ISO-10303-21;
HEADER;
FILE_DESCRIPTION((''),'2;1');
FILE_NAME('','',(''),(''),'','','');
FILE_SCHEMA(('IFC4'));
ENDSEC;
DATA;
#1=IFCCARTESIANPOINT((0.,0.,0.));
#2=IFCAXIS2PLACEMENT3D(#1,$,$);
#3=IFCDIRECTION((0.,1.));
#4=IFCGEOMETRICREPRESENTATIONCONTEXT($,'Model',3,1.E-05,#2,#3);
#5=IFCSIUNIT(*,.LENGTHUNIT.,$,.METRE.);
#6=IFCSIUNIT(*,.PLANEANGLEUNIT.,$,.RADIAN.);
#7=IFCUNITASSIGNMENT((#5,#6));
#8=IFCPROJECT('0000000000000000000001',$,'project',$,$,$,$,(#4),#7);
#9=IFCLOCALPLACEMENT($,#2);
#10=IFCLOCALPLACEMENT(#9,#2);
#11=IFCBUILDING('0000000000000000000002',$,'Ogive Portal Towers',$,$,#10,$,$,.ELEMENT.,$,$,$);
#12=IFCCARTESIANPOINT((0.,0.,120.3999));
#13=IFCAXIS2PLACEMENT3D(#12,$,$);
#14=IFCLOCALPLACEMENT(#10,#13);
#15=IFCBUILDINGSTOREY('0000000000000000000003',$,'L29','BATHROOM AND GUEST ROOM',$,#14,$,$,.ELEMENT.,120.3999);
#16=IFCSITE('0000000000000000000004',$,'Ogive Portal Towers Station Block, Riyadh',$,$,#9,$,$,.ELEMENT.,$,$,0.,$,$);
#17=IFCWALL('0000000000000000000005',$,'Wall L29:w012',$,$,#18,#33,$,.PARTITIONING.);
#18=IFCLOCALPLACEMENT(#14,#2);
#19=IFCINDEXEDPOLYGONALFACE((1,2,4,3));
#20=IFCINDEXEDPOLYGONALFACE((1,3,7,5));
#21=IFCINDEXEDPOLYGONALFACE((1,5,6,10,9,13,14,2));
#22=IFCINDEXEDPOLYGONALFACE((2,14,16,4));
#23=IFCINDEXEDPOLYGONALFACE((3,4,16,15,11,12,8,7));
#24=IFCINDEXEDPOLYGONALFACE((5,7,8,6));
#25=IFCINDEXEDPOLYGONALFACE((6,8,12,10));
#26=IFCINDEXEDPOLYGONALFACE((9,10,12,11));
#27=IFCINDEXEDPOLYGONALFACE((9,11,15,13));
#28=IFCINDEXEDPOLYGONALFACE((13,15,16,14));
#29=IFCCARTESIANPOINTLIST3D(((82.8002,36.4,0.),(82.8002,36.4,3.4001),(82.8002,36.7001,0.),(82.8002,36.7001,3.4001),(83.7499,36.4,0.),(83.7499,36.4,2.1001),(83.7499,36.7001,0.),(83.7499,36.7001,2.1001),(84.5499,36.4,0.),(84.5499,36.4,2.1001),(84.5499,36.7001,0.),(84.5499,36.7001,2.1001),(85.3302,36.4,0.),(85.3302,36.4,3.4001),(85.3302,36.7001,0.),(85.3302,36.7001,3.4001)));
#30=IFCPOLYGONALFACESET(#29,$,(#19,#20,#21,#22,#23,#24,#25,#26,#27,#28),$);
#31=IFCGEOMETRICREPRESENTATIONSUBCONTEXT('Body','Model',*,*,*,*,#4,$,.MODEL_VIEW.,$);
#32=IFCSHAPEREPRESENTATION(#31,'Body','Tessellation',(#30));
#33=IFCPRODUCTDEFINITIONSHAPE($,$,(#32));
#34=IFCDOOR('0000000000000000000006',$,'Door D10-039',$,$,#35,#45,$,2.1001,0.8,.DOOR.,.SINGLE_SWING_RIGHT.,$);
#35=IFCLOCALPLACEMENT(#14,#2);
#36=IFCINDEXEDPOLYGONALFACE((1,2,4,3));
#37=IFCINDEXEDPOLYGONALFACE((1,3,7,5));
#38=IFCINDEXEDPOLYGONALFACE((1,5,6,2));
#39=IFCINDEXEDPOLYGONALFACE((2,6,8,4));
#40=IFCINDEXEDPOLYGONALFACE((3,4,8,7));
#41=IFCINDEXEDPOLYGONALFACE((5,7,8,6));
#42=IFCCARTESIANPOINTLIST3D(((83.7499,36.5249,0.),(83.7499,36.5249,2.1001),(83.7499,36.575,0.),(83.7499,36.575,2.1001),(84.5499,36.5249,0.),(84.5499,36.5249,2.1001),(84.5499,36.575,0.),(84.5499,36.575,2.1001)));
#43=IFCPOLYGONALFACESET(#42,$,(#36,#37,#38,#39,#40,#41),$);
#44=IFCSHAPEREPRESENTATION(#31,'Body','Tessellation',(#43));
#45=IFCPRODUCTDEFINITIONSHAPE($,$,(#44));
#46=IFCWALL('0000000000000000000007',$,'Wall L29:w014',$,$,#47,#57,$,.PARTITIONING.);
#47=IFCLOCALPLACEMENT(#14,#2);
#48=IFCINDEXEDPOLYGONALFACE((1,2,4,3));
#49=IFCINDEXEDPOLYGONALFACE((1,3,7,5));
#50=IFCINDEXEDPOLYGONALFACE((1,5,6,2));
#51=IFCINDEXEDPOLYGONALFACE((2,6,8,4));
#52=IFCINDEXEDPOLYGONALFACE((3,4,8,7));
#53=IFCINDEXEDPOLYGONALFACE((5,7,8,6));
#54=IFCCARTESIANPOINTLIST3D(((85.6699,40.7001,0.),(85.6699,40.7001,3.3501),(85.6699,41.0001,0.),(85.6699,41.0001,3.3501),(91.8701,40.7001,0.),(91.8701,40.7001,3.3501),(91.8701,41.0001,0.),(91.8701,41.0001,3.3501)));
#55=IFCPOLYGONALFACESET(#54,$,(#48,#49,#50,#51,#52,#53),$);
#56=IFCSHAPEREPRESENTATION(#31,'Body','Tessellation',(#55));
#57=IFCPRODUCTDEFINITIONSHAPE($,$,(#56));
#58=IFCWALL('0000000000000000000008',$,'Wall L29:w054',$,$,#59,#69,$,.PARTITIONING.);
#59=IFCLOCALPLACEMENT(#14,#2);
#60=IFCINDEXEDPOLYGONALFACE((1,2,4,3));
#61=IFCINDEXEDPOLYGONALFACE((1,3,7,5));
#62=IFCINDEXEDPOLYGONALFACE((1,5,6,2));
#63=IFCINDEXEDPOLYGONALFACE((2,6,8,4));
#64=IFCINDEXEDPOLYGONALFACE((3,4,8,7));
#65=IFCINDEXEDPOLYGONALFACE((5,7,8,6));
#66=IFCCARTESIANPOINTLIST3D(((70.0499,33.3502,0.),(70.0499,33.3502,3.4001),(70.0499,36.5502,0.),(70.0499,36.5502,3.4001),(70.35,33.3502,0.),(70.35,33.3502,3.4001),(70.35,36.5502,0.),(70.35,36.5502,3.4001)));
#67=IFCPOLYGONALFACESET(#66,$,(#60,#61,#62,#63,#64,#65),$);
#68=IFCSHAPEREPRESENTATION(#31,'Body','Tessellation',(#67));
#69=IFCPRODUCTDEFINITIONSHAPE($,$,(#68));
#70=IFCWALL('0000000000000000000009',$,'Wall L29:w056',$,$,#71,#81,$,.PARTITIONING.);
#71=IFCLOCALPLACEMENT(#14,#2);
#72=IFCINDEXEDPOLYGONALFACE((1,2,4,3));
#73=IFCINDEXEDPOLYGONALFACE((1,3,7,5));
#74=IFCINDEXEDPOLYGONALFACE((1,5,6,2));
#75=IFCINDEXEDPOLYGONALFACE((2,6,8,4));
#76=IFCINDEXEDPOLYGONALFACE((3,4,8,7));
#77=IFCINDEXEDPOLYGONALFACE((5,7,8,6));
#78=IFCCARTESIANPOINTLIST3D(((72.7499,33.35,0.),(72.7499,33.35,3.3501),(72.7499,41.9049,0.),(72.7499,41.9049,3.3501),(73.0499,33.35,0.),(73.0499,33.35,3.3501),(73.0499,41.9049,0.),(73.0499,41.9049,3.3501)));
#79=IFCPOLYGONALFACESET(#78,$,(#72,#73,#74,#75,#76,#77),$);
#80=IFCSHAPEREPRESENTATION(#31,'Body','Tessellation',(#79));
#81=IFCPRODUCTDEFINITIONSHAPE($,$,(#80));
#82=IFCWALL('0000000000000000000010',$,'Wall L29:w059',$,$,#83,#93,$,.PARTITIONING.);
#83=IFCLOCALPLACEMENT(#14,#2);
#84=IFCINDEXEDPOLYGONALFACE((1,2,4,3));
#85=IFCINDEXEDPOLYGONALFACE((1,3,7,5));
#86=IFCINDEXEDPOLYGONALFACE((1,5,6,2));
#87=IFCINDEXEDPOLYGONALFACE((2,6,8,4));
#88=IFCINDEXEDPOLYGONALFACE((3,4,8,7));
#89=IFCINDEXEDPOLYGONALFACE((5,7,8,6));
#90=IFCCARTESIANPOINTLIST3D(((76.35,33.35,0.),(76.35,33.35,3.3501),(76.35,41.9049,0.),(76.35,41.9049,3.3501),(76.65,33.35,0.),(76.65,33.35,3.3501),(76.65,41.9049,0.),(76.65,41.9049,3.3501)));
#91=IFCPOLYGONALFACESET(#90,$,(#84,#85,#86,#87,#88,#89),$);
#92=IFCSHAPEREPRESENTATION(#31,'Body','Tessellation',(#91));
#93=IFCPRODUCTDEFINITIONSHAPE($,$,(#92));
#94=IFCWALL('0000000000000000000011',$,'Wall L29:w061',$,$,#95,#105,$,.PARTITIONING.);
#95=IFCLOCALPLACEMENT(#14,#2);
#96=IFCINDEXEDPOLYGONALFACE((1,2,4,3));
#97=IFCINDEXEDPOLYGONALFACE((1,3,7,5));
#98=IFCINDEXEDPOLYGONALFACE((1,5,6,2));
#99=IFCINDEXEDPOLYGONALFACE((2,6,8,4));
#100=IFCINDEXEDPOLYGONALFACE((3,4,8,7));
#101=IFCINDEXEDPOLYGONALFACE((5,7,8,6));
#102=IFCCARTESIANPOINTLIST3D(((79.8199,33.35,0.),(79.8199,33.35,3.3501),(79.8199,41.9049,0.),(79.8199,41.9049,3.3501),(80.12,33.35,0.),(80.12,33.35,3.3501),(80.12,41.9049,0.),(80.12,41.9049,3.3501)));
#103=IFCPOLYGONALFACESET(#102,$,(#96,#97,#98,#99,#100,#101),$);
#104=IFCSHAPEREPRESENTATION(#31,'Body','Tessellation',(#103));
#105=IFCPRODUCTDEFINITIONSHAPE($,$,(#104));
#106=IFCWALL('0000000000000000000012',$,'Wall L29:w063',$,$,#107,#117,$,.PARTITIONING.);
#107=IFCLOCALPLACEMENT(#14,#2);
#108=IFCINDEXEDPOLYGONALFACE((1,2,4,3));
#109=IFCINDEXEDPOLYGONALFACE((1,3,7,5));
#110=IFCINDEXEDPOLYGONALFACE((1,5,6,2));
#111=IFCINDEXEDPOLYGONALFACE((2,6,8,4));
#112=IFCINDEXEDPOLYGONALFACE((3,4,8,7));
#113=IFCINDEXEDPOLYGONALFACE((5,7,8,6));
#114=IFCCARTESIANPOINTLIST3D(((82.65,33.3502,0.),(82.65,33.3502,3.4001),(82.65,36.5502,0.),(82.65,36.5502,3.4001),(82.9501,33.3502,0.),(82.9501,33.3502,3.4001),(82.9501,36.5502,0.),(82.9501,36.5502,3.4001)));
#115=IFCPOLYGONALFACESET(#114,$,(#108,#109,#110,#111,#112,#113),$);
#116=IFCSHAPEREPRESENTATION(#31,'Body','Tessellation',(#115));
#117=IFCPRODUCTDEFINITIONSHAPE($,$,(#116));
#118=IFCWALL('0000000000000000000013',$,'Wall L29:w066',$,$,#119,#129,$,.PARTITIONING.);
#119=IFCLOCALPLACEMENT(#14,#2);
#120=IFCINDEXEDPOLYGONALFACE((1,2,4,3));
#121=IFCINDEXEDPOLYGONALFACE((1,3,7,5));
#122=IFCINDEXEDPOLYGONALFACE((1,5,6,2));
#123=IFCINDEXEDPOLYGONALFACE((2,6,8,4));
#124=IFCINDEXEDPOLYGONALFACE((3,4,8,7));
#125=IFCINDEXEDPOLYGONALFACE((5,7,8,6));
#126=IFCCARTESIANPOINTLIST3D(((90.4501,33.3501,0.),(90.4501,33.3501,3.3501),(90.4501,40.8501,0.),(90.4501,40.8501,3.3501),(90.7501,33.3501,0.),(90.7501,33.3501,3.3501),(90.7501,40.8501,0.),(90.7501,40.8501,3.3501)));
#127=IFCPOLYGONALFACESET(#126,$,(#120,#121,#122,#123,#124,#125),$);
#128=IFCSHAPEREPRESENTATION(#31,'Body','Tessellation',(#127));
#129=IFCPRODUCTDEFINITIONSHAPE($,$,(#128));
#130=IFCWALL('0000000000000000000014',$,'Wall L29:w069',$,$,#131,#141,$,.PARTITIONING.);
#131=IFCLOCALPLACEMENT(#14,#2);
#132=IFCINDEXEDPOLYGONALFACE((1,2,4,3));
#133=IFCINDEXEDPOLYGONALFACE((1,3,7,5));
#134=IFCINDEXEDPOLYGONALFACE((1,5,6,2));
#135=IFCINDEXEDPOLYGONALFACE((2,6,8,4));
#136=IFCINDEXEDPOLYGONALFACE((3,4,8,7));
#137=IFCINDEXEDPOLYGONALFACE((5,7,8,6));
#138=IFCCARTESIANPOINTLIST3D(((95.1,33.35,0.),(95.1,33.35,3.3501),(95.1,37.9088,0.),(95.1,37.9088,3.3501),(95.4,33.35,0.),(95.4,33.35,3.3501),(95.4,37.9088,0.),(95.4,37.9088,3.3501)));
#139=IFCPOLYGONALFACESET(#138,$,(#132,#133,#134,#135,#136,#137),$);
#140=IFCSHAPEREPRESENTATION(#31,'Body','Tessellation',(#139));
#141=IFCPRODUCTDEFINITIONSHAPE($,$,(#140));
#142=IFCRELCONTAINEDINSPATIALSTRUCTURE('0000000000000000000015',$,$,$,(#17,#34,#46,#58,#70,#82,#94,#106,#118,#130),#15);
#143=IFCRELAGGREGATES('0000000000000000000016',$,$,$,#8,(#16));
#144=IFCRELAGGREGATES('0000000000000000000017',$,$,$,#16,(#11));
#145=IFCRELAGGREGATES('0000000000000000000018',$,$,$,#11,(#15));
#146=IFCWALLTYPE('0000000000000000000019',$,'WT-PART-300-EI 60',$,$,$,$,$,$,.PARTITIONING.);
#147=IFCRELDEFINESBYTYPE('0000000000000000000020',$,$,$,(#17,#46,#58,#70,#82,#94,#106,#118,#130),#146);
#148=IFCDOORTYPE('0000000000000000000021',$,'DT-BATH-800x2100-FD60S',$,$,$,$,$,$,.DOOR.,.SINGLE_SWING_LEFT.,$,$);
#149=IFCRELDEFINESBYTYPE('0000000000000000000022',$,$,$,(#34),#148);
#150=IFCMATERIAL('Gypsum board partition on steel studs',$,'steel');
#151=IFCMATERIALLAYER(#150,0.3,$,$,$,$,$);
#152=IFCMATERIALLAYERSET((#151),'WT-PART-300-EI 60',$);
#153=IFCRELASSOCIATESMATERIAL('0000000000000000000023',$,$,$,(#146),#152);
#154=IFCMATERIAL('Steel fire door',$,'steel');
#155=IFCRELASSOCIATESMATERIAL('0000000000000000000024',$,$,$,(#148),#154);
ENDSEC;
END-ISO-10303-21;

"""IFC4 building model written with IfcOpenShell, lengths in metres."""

from ifc_helpers import new_model, si_unit, direction, frame, frame_2d, origin, place, context, subcontext, project, spatial, rectangle, extrude, material, layer, layer_set, type_object, element, fill, save


model = new_model("IFC4")

# Units and contexts
model_context = context("Model", 3, precision=1e-05, world=origin(), true_north=direction((0.0, 1.0)))
body_context = subcontext(model_context, "Body", "Model", "MODEL_VIEW")
ifc_project = project(units=[si_unit("LENGTHUNIT", "METRE"), si_unit("PLANEANGLEUNIT", "RADIAN")], contexts=[model_context])

# Site, building, storey
site_placement = place(None, origin())
site = spatial("IfcSite", under=ifc_project, at=site_placement, Name="Ogive Portal Towers Station Block, Riyadh", CompositionType="ELEMENT", RefElevation=0.0)
building_placement = place(site_placement, origin())
building = spatial("IfcBuilding", under=site, at=building_placement, Name="Ogive Portal Towers", CompositionType="ELEMENT")
storey_placement = place(building_placement, frame((0.0, 0.0, 120.3999)))
storey = spatial("IfcBuildingStorey", under=building, at=storey_placement, Name="L29", Description="BATHROOM AND GUEST ROOM", CompositionType="ELEMENT", Elevation=120.3999)

# Shared definitions
ifc_material_1 = material(Name="Gypsum board partition on steel studs", Category="steel")
ifc_material_2 = material(Name="Steel fire door", Category="steel")

# Wall, opening, door
ifc_layer_1 = layer(ifc_material_1, 0.3)
ifc_layer_set_1 = layer_set([ifc_layer_1], Name="WT-PART-300-EI 60")
wall_type_1 = type_object("IfcWallType", Name="WT-PART-300-EI 60", PredefinedType="PARTITIONING", material=ifc_layer_set_1)
door_type_1 = type_object("IfcDoorType", Name="DT-BATH-800x2100-FD60S", OperationType="SINGLE_SWING_LEFT", PredefinedType="DOOR", material=ifc_material_2)
wall_1_placement = place(storey_placement, frame((82.8, 36.55, 0.0), z_axis=(0.0, 0.0, 1.0), x_axis=(1.0, 0.0, 0.0)))
wall_1 = element("IfcWall", 1, at=wall_1_placement, inside=storey, type_object=wall_type_1, Name="Wall L29:w012", PredefinedType="PARTITIONING", context=body_context, shape_type="SweptSolid", body=[
    extrude(rectangle(XDim=2.53, YDim=0.3, at=frame_2d((1.2651, 0.0))), origin(), (0.0, 0.0, 1.0), 3.4001),
])
opening_1_placement = place(wall_1_placement, frame((0.95, 0.0, 0.0)))
opening_1 = element("IfcOpeningElement", 2, at=opening_1_placement, cuts=wall_1, PredefinedType="OPENING", context=body_context, shape_type="SweptSolid", body=[
    extrude(rectangle(XDim=0.8, YDim=2.1001, at=frame_2d((0.3999, 1.05))), frame((0.0, 0.1602, 0.0), z_axis=(0.0, -1.0, 0.0), x_axis=(1.0, 0.0, 0.0)), (0.0, 0.0, 1.0), 0.3201),
])
door_1_placement = place(opening_1_placement, origin())
door_1 = element("IfcDoor", 3, at=door_1_placement, inside=storey, type_object=door_type_1, Name="Door D10-039", OperationType="SINGLE_SWING_RIGHT", OverallHeight=2.1001, OverallWidth=0.8, PredefinedType="DOOR", context=body_context, shape_type="SweptSolid", body=[
    extrude(rectangle(XDim=0.8, YDim=2.1001, at=frame_2d((0.3999, 1.05))), frame((0.0, 0.0249, 0.0), z_axis=(0.0, -1.0, 0.0), x_axis=(1.0, 0.0, 0.0)), (0.0, 0.0, 1.0), 0.05),
])
fill(opening_1, door_1)

# Walls
wall_2_placement = place(storey_placement, frame((85.6699, 40.8501, 0.0), z_axis=(0.0, 0.0, 1.0), x_axis=(1.0, 0.0, 0.0)))
element("IfcWall", 4, at=wall_2_placement, inside=storey, type_object=wall_type_1, Name="Wall L29:w014", PredefinedType="PARTITIONING", context=body_context, shape_type="SweptSolid", body=[
    extrude(rectangle(XDim=6.2002, YDim=0.3, at=frame_2d((3.1001, 0.0))), origin(), (0.0, 0.0, 1.0), 3.3501),
])
wall_3_placement = place(storey_placement, frame((70.2, 33.3501, 0.0), z_axis=(0.0, 0.0, 1.0), x_axis=(0.0, 1.0, 0.0)))
element("IfcWall", 5, at=wall_3_placement, inside=storey, type_object=wall_type_1, Name="Wall L29:w054", PredefinedType="PARTITIONING", context=body_context, shape_type="SweptSolid", body=[
    extrude(rectangle(XDim=3.2, YDim=0.3, at=frame_2d((1.6001, 0.0))), origin(), (0.0, 0.0, 1.0), 3.4001),
])
for number, where, z_axis, x_axis, name in (
    (6, (72.8999, 33.3501, 0.0), (0.0, 0.0, 1.0), (0.0, 1.0, 0.0), "Wall L29:w056"),
    (7, (76.5, 33.3501, 0.0), (0.0, 0.0, 1.0), (0.0, 1.0, 0.0), "Wall L29:w059"),
    (8, (79.97, 33.3501, 0.0), (0.0, 0.0, 1.0), (0.0, 1.0, 0.0), "Wall L29:w061"),
):
    element("IfcWall", number, at=place(storey_placement, frame(where, z_axis=z_axis, x_axis=x_axis)), inside=storey, type_object=wall_type_1, Name=name, PredefinedType="PARTITIONING", context=body_context, shape_type="SweptSolid", body=[
        extrude(rectangle(XDim=8.5549, YDim=0.3, at=frame_2d((4.2773, 0.0))), origin(), (0.0, 0.0, 1.0), 3.3501),
    ])
wall_4_placement = place(storey_placement, frame((82.8, 33.3501, 0.0), z_axis=(0.0, 0.0, 1.0), x_axis=(0.0, 1.0, 0.0)))
element("IfcWall", 9, at=wall_4_placement, inside=storey, type_object=wall_type_1, Name="Wall L29:w063", PredefinedType="PARTITIONING", context=body_context, shape_type="SweptSolid", body=[
    extrude(rectangle(XDim=3.2, YDim=0.3, at=frame_2d((1.6001, 0.0))), origin(), (0.0, 0.0, 1.0), 3.4001),
])
wall_5_placement = place(storey_placement, frame((90.6001, 33.3501, 0.0), z_axis=(0.0, 0.0, 1.0), x_axis=(0.0, 1.0, 0.0)))
element("IfcWall", 10, at=wall_5_placement, inside=storey, type_object=wall_type_1, Name="Wall L29:w066", PredefinedType="PARTITIONING", context=body_context, shape_type="SweptSolid", body=[
    extrude(rectangle(XDim=7.5, YDim=0.3, at=frame_2d((3.75, 0.0))), origin(), (0.0, 0.0, 1.0), 3.3501),
])
wall_6_placement = place(storey_placement, frame((95.25, 33.3501, 0.0), z_axis=(0.0, 0.0, 1.0), x_axis=(0.0, 1.0, 0.0)))
element("IfcWall", 11, at=wall_6_placement, inside=storey, type_object=wall_type_1, Name="Wall L29:w069", PredefinedType="PARTITIONING", context=body_context, shape_type="SweptSolid", body=[
    extrude(rectangle(XDim=4.5588, YDim=0.3, at=frame_2d((2.2793, 0.0))), origin(), (0.0, 0.0, 1.0), 3.3501),
])

save(model, "model.ifc")
